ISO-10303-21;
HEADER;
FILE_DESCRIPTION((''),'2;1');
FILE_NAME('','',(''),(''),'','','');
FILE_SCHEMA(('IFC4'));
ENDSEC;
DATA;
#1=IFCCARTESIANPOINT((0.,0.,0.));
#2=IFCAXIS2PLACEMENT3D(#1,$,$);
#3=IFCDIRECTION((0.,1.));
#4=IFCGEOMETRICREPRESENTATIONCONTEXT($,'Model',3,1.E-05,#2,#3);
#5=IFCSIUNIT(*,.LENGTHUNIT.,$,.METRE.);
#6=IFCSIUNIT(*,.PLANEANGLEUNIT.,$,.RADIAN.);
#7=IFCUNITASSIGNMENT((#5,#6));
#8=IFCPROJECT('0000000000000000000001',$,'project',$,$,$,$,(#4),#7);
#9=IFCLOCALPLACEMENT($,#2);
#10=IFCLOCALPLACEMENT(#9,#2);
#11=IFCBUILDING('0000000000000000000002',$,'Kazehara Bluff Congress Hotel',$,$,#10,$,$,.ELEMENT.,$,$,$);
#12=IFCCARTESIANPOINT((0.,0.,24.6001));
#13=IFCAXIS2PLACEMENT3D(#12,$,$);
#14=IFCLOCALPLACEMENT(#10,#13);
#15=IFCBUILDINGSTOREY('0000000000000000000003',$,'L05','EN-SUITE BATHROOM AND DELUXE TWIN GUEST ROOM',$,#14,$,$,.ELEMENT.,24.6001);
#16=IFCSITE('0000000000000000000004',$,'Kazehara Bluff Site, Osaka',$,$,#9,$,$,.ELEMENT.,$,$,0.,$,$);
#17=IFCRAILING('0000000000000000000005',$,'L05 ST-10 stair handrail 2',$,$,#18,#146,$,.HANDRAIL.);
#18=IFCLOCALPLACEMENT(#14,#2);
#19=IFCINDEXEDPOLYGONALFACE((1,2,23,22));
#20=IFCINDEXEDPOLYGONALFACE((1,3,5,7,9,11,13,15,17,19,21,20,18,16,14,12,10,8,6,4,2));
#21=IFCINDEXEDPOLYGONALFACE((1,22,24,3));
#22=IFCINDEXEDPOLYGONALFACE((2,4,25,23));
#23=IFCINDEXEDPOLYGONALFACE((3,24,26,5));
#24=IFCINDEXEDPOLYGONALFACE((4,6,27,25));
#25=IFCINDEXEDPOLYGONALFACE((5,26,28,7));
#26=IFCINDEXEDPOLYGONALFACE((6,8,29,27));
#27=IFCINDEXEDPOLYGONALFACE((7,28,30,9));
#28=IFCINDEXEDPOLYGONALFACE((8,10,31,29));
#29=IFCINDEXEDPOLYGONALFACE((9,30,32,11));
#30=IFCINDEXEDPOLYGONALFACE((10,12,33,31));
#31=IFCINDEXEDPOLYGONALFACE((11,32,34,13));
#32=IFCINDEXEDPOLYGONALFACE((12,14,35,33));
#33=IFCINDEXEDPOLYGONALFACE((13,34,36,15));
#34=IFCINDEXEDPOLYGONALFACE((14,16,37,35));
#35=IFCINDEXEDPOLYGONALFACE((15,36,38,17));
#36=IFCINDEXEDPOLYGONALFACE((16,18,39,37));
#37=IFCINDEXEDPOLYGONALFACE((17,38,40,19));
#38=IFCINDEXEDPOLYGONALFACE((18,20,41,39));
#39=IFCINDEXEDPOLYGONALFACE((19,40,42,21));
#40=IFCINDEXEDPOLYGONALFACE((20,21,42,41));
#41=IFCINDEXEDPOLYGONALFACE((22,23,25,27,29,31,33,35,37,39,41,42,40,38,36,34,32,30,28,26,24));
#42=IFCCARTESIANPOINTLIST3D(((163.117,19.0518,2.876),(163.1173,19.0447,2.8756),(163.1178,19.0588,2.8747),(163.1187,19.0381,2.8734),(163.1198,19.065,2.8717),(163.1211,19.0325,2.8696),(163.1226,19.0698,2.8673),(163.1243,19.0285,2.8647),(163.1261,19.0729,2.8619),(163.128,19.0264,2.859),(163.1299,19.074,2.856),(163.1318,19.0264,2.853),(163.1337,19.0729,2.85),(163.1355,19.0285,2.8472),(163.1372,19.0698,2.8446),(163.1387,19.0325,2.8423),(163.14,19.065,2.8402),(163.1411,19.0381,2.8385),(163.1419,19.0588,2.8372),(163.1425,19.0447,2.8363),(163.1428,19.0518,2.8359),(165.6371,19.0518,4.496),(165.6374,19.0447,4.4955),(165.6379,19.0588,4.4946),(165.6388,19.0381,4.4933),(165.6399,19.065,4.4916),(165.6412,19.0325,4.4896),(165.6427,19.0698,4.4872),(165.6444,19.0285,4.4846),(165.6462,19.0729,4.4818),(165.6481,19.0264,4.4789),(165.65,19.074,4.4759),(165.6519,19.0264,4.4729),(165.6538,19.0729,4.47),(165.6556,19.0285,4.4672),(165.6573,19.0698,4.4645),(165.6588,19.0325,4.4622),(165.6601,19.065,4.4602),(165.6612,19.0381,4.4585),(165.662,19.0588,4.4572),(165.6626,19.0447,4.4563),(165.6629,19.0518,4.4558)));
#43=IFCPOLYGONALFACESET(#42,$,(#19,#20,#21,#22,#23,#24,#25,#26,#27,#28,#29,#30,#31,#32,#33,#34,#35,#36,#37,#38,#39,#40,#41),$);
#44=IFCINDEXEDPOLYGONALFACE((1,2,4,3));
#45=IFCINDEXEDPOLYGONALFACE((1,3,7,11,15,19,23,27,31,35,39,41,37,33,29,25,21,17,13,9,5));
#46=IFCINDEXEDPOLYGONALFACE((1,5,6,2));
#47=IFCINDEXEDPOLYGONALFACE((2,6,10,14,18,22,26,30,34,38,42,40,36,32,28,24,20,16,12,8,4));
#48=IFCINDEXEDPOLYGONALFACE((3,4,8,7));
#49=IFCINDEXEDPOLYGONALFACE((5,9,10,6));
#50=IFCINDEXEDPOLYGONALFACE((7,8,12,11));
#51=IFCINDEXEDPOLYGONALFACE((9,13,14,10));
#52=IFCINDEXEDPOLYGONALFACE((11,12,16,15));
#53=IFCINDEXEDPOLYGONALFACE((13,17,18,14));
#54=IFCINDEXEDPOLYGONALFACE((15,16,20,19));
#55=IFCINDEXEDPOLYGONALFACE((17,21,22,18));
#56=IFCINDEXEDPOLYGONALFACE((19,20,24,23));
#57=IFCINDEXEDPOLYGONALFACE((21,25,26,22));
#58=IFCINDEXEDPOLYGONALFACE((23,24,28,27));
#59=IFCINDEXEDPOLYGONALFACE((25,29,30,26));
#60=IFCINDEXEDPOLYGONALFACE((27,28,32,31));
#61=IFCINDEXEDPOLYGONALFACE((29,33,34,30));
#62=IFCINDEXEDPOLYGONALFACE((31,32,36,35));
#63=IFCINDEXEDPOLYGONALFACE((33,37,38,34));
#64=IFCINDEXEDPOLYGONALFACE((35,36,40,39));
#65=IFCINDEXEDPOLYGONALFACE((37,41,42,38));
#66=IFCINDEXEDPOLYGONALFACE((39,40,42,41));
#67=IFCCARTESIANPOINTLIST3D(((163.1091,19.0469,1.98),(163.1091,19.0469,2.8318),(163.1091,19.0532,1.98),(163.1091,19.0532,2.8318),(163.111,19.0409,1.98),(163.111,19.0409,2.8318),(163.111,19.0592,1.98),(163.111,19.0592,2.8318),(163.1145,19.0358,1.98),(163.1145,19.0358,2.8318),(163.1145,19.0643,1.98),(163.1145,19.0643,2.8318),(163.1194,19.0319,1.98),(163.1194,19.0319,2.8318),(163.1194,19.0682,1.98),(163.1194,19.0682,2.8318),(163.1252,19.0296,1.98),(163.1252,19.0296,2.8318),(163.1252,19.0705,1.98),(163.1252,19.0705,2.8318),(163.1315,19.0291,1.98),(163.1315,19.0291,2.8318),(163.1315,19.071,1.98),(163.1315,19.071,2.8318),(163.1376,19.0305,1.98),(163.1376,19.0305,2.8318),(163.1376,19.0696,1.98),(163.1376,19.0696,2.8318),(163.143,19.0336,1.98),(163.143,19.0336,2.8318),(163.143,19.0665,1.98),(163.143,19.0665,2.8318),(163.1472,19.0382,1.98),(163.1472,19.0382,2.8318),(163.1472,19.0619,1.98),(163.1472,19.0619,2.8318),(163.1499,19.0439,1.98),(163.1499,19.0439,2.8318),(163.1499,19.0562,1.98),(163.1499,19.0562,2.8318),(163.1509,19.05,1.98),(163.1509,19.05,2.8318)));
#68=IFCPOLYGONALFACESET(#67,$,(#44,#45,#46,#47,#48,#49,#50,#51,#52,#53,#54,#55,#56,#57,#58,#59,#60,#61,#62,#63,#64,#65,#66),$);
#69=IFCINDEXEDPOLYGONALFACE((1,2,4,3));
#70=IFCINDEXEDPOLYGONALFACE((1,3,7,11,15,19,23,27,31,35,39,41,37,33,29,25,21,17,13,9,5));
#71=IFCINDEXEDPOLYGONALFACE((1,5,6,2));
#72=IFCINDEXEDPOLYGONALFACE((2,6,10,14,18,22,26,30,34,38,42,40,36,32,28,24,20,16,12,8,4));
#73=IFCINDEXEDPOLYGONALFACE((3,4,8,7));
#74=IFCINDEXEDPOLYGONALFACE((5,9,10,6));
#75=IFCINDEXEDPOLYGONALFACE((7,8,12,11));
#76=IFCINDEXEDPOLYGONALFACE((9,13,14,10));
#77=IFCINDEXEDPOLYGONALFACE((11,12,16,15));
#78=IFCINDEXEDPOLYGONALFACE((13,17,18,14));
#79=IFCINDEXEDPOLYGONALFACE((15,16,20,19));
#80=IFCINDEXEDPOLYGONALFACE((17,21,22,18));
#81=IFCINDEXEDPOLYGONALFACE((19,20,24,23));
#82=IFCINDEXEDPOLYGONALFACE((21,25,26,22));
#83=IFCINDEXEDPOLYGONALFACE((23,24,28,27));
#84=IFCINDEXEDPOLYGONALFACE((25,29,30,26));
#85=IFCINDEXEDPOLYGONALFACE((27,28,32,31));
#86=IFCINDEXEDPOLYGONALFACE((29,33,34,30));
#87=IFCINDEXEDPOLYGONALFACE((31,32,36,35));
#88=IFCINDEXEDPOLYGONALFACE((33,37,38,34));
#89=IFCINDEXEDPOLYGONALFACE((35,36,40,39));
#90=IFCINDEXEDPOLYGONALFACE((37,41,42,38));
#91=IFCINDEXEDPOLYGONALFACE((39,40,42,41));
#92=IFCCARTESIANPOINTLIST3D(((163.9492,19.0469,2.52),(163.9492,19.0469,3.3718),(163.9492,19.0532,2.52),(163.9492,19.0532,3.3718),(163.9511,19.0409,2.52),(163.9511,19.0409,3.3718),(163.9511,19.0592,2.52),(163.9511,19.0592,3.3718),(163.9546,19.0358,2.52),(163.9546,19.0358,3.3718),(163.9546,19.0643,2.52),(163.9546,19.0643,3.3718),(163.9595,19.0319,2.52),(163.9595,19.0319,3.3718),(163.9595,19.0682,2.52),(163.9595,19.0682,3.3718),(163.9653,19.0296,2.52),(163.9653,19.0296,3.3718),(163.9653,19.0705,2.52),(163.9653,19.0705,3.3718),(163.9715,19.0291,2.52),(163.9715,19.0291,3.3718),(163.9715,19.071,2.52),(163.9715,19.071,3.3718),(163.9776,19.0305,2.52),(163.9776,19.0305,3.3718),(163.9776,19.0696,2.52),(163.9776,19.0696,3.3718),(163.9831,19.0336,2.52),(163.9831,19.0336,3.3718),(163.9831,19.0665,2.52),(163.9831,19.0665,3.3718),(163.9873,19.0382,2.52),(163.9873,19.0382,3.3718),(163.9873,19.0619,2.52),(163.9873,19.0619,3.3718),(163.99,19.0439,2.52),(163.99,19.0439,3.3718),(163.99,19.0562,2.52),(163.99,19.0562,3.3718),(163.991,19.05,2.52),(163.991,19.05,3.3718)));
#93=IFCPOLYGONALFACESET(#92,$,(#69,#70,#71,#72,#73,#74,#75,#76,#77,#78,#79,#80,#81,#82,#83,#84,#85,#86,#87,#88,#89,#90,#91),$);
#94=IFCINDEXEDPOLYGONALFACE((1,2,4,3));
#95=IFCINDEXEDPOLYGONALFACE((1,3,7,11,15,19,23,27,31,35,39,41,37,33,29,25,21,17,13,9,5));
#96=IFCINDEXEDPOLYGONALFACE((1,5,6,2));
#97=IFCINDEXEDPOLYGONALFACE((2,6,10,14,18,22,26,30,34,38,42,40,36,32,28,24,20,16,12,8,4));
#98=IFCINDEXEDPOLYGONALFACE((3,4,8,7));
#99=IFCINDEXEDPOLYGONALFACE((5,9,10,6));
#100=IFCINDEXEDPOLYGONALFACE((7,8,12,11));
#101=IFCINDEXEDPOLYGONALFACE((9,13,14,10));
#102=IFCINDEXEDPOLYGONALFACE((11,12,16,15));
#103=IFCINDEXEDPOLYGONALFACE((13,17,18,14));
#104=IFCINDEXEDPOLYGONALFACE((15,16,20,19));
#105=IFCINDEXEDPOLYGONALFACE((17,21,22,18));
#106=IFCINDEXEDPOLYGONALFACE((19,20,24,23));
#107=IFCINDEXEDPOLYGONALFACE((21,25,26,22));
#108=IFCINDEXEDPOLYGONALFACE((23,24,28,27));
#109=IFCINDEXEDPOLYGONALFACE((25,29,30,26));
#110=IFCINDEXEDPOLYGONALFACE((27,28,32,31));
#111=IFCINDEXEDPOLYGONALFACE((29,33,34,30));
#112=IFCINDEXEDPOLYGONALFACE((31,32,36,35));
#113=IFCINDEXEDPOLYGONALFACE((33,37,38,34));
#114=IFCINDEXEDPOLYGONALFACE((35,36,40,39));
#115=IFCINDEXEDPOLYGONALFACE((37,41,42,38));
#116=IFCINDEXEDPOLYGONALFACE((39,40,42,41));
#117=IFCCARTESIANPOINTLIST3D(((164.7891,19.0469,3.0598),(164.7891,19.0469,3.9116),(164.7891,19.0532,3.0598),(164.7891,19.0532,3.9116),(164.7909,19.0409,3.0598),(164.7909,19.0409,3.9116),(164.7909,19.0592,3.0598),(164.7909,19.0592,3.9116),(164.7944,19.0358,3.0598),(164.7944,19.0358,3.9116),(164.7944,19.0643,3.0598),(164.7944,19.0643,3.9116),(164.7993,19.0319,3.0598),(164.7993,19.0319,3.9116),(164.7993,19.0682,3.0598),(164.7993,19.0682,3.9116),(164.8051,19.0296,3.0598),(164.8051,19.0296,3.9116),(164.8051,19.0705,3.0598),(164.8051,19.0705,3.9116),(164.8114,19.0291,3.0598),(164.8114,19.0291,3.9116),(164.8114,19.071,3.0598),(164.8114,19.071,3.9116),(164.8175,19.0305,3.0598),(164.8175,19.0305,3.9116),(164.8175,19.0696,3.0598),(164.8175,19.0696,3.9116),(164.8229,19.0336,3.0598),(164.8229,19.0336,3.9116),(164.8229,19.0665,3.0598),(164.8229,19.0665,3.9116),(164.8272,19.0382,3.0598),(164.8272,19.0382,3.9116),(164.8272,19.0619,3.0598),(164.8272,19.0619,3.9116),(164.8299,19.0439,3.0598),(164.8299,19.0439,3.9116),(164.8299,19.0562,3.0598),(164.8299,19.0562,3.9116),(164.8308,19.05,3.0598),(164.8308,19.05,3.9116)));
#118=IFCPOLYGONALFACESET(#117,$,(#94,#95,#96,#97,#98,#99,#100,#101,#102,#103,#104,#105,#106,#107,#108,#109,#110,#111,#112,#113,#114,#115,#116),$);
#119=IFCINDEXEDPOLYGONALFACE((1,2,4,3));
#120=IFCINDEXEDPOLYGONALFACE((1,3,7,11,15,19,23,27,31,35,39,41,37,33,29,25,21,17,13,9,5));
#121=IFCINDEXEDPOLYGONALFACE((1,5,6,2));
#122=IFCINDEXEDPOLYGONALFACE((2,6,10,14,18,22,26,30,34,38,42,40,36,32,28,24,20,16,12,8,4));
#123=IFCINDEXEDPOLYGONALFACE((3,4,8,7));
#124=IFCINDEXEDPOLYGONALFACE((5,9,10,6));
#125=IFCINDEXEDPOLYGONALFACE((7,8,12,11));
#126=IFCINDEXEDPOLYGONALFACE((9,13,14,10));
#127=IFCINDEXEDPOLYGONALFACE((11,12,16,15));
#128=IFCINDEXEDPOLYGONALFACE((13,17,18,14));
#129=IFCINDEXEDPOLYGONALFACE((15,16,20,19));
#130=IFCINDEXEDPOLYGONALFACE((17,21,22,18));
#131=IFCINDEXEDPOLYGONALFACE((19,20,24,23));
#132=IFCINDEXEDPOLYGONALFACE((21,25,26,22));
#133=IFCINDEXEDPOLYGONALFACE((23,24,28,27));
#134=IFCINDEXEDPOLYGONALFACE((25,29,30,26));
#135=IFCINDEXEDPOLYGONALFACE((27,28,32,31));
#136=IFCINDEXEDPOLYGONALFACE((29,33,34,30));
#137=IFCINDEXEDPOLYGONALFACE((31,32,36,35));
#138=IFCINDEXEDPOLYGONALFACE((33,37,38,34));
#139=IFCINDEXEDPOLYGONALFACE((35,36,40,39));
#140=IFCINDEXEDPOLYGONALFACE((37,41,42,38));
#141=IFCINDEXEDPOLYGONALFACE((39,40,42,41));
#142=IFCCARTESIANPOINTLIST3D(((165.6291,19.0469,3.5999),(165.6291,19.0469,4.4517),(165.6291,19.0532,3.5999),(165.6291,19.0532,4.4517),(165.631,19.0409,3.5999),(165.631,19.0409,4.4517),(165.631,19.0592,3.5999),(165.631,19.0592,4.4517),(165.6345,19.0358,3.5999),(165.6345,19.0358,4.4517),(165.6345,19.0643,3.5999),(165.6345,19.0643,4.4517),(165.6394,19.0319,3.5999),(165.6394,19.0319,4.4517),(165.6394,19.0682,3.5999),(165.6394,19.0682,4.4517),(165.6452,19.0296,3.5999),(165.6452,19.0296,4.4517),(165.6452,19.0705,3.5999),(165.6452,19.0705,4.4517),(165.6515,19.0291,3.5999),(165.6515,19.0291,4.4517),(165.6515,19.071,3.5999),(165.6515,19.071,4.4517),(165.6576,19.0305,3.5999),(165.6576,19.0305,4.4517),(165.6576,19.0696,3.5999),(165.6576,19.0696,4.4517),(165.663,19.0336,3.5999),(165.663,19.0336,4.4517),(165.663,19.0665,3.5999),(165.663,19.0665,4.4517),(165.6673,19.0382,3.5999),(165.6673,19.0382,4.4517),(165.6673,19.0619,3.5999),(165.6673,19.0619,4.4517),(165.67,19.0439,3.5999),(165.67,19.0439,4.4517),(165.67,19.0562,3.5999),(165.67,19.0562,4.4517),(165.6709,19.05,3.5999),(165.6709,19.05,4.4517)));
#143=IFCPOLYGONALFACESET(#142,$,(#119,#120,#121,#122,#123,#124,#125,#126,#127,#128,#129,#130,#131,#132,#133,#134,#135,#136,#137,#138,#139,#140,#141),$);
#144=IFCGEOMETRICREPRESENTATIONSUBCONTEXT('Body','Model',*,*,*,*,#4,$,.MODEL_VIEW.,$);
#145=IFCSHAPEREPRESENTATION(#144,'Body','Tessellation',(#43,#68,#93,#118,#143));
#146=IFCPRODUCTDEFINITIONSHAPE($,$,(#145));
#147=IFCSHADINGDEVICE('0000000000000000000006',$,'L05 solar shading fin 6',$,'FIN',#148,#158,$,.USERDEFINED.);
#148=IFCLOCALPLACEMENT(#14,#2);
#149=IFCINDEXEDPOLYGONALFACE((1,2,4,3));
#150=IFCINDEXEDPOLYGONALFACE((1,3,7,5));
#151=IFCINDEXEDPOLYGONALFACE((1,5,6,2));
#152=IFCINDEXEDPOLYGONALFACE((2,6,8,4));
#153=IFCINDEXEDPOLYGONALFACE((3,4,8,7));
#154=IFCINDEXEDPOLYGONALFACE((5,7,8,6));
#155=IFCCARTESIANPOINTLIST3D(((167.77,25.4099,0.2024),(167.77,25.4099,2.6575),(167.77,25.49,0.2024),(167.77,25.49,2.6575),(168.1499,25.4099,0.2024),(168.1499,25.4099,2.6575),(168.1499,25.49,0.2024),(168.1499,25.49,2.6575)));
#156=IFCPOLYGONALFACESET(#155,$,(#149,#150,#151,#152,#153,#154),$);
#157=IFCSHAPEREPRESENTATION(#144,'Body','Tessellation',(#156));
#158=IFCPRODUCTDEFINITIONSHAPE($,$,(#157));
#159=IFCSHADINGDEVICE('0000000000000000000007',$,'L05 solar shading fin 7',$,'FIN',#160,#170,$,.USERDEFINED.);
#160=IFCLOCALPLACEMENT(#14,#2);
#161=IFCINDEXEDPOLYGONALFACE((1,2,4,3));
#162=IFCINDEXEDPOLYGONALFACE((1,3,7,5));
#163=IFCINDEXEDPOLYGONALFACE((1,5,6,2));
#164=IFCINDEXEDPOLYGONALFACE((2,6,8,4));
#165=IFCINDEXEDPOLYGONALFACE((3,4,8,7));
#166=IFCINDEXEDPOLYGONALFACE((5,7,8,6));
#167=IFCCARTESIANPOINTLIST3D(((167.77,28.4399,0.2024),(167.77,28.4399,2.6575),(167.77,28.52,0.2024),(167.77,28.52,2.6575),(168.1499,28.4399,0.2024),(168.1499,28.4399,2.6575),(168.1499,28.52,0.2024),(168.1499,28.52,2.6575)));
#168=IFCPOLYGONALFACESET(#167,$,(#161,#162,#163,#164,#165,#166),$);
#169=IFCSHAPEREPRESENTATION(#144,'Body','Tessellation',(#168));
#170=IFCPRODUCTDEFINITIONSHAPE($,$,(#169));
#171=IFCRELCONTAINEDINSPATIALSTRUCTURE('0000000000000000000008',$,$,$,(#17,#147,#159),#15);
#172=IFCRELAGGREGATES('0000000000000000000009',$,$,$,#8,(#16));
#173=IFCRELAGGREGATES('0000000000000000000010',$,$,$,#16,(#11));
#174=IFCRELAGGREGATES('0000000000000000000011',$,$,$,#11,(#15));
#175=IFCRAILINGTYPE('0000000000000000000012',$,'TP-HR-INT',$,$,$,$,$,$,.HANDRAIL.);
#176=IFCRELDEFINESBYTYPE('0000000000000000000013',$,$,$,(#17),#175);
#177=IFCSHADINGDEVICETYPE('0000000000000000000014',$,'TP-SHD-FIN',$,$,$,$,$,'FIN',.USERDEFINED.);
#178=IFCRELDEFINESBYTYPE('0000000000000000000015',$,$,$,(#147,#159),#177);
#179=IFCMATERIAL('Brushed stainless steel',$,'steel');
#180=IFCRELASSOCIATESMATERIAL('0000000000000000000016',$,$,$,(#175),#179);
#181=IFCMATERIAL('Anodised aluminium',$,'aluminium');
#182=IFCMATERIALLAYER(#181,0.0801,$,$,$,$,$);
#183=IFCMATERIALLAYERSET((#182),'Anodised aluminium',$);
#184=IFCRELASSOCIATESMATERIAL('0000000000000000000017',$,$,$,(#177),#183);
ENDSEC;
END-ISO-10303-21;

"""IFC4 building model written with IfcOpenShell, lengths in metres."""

from ifc_helpers import new_model, si_unit, direction, frame, origin, origin_2d, place, context, subcontext, project, spatial, rectangle, circle, extrude, material, layer, layer_set, type_object, element, save


model = new_model("IFC4")

# Units and contexts
model_context = context("Model", 3, precision=1e-05, world=origin(), true_north=direction((0.0, 1.0)))
body_context = subcontext(model_context, "Body", "Model", "MODEL_VIEW")
ifc_project = project(units=[si_unit("LENGTHUNIT", "METRE"), si_unit("PLANEANGLEUNIT", "RADIAN")], contexts=[model_context])

# Site, building, storey
site_placement = place(None, origin())
site = spatial("IfcSite", under=ifc_project, at=site_placement, Name="Kazehara Bluff Site, Osaka", CompositionType="ELEMENT", RefElevation=0.0)
building_placement = place(site_placement, origin())
building = spatial("IfcBuilding", under=site, at=building_placement, Name="Kazehara Bluff Congress Hotel", CompositionType="ELEMENT")
storey_placement = place(building_placement, frame((0.0, 0.0, 24.6001)))
storey = spatial("IfcBuildingStorey", under=building, at=storey_placement, Name="L05", Description="EN-SUITE BATHROOM AND DELUXE TWIN GUEST ROOM", CompositionType="ELEMENT", Elevation=24.6001)

# Railing
ifc_material_1 = material(Name="Brushed stainless steel", Category="steel")
railing_type_1 = type_object("IfcRailingType", Name="TP-HR-INT", PredefinedType="HANDRAIL", material=ifc_material_1)
railing_1_placement = place(storey_placement, frame((163.1299, 19.05, 1.98)))
element("IfcRailing", 1, at=railing_1_placement, inside=storey, type_object=railing_type_1, Name="L05 ST-10 stair handrail 2", PredefinedType="HANDRAIL", context=body_context, shape_type="SweptSolid", body=[
    extrude(circle(Radius=0.0239, at=origin_2d()), frame((0.0, 0.0, 0.876), z_axis=(0.8412, 0.0, 0.540725), x_axis=(0.0, 1.0, 0.0)), (0.0, 0.0, 1.0), 2.9958),
    extrude(circle(Radius=0.021, at=origin_2d()), origin(), (0.0, 0.0, 1.0), 0.8518),
    extrude(circle(Radius=0.021, at=origin_2d()), frame((0.8401, 0.0, 0.54)), (0.0, 0.0, 1.0), 0.8518),
    extrude(circle(Radius=0.021, at=origin_2d()), frame((1.6799, 0.0, 1.0798)), (0.0, 0.0, 1.0), 0.8518),
    extrude(circle(Radius=0.021, at=origin_2d()), frame((2.52, 0.0, 1.6199)), (0.0, 0.0, 1.0), 0.8518),
])

# Shading devices
ifc_material_2 = material(Name="Anodised aluminium", Category="aluminium")
ifc_layer_1 = layer(ifc_material_2, 0.0801)
ifc_layer_set_1 = layer_set([ifc_layer_1], Name="Anodised aluminium")
shading_device_type = type_object("IfcShadingDeviceType", Name="TP-SHD-FIN", ElementType="FIN", PredefinedType="USERDEFINED", material=ifc_layer_set_1)
for number, where, z_axis, x_axis, name in (
    (2, (167.96, 25.45, 0.2024), (0.0, 0.0, 1.0), (1.0, 0.0, 0.0), "L05 solar shading fin 6"),
    (3, (167.96, 28.48, 0.2024), (0.0, 0.0, 1.0), (1.0, 0.0, 0.0), "L05 solar shading fin 7"),
):
    element("IfcShadingDevice", number, at=place(storey_placement, frame(where, z_axis=z_axis, x_axis=x_axis)), inside=storey, type_object=shading_device_type, Name=name, ObjectType="FIN", PredefinedType="USERDEFINED", context=body_context, shape_type="SweptSolid", body=[
        extrude(rectangle(XDim=0.3799, YDim=0.0801, at=origin_2d()), origin(), (0.0, 0.0, 1.0), 2.4551),
    ])

save(model, "model.ifc")
